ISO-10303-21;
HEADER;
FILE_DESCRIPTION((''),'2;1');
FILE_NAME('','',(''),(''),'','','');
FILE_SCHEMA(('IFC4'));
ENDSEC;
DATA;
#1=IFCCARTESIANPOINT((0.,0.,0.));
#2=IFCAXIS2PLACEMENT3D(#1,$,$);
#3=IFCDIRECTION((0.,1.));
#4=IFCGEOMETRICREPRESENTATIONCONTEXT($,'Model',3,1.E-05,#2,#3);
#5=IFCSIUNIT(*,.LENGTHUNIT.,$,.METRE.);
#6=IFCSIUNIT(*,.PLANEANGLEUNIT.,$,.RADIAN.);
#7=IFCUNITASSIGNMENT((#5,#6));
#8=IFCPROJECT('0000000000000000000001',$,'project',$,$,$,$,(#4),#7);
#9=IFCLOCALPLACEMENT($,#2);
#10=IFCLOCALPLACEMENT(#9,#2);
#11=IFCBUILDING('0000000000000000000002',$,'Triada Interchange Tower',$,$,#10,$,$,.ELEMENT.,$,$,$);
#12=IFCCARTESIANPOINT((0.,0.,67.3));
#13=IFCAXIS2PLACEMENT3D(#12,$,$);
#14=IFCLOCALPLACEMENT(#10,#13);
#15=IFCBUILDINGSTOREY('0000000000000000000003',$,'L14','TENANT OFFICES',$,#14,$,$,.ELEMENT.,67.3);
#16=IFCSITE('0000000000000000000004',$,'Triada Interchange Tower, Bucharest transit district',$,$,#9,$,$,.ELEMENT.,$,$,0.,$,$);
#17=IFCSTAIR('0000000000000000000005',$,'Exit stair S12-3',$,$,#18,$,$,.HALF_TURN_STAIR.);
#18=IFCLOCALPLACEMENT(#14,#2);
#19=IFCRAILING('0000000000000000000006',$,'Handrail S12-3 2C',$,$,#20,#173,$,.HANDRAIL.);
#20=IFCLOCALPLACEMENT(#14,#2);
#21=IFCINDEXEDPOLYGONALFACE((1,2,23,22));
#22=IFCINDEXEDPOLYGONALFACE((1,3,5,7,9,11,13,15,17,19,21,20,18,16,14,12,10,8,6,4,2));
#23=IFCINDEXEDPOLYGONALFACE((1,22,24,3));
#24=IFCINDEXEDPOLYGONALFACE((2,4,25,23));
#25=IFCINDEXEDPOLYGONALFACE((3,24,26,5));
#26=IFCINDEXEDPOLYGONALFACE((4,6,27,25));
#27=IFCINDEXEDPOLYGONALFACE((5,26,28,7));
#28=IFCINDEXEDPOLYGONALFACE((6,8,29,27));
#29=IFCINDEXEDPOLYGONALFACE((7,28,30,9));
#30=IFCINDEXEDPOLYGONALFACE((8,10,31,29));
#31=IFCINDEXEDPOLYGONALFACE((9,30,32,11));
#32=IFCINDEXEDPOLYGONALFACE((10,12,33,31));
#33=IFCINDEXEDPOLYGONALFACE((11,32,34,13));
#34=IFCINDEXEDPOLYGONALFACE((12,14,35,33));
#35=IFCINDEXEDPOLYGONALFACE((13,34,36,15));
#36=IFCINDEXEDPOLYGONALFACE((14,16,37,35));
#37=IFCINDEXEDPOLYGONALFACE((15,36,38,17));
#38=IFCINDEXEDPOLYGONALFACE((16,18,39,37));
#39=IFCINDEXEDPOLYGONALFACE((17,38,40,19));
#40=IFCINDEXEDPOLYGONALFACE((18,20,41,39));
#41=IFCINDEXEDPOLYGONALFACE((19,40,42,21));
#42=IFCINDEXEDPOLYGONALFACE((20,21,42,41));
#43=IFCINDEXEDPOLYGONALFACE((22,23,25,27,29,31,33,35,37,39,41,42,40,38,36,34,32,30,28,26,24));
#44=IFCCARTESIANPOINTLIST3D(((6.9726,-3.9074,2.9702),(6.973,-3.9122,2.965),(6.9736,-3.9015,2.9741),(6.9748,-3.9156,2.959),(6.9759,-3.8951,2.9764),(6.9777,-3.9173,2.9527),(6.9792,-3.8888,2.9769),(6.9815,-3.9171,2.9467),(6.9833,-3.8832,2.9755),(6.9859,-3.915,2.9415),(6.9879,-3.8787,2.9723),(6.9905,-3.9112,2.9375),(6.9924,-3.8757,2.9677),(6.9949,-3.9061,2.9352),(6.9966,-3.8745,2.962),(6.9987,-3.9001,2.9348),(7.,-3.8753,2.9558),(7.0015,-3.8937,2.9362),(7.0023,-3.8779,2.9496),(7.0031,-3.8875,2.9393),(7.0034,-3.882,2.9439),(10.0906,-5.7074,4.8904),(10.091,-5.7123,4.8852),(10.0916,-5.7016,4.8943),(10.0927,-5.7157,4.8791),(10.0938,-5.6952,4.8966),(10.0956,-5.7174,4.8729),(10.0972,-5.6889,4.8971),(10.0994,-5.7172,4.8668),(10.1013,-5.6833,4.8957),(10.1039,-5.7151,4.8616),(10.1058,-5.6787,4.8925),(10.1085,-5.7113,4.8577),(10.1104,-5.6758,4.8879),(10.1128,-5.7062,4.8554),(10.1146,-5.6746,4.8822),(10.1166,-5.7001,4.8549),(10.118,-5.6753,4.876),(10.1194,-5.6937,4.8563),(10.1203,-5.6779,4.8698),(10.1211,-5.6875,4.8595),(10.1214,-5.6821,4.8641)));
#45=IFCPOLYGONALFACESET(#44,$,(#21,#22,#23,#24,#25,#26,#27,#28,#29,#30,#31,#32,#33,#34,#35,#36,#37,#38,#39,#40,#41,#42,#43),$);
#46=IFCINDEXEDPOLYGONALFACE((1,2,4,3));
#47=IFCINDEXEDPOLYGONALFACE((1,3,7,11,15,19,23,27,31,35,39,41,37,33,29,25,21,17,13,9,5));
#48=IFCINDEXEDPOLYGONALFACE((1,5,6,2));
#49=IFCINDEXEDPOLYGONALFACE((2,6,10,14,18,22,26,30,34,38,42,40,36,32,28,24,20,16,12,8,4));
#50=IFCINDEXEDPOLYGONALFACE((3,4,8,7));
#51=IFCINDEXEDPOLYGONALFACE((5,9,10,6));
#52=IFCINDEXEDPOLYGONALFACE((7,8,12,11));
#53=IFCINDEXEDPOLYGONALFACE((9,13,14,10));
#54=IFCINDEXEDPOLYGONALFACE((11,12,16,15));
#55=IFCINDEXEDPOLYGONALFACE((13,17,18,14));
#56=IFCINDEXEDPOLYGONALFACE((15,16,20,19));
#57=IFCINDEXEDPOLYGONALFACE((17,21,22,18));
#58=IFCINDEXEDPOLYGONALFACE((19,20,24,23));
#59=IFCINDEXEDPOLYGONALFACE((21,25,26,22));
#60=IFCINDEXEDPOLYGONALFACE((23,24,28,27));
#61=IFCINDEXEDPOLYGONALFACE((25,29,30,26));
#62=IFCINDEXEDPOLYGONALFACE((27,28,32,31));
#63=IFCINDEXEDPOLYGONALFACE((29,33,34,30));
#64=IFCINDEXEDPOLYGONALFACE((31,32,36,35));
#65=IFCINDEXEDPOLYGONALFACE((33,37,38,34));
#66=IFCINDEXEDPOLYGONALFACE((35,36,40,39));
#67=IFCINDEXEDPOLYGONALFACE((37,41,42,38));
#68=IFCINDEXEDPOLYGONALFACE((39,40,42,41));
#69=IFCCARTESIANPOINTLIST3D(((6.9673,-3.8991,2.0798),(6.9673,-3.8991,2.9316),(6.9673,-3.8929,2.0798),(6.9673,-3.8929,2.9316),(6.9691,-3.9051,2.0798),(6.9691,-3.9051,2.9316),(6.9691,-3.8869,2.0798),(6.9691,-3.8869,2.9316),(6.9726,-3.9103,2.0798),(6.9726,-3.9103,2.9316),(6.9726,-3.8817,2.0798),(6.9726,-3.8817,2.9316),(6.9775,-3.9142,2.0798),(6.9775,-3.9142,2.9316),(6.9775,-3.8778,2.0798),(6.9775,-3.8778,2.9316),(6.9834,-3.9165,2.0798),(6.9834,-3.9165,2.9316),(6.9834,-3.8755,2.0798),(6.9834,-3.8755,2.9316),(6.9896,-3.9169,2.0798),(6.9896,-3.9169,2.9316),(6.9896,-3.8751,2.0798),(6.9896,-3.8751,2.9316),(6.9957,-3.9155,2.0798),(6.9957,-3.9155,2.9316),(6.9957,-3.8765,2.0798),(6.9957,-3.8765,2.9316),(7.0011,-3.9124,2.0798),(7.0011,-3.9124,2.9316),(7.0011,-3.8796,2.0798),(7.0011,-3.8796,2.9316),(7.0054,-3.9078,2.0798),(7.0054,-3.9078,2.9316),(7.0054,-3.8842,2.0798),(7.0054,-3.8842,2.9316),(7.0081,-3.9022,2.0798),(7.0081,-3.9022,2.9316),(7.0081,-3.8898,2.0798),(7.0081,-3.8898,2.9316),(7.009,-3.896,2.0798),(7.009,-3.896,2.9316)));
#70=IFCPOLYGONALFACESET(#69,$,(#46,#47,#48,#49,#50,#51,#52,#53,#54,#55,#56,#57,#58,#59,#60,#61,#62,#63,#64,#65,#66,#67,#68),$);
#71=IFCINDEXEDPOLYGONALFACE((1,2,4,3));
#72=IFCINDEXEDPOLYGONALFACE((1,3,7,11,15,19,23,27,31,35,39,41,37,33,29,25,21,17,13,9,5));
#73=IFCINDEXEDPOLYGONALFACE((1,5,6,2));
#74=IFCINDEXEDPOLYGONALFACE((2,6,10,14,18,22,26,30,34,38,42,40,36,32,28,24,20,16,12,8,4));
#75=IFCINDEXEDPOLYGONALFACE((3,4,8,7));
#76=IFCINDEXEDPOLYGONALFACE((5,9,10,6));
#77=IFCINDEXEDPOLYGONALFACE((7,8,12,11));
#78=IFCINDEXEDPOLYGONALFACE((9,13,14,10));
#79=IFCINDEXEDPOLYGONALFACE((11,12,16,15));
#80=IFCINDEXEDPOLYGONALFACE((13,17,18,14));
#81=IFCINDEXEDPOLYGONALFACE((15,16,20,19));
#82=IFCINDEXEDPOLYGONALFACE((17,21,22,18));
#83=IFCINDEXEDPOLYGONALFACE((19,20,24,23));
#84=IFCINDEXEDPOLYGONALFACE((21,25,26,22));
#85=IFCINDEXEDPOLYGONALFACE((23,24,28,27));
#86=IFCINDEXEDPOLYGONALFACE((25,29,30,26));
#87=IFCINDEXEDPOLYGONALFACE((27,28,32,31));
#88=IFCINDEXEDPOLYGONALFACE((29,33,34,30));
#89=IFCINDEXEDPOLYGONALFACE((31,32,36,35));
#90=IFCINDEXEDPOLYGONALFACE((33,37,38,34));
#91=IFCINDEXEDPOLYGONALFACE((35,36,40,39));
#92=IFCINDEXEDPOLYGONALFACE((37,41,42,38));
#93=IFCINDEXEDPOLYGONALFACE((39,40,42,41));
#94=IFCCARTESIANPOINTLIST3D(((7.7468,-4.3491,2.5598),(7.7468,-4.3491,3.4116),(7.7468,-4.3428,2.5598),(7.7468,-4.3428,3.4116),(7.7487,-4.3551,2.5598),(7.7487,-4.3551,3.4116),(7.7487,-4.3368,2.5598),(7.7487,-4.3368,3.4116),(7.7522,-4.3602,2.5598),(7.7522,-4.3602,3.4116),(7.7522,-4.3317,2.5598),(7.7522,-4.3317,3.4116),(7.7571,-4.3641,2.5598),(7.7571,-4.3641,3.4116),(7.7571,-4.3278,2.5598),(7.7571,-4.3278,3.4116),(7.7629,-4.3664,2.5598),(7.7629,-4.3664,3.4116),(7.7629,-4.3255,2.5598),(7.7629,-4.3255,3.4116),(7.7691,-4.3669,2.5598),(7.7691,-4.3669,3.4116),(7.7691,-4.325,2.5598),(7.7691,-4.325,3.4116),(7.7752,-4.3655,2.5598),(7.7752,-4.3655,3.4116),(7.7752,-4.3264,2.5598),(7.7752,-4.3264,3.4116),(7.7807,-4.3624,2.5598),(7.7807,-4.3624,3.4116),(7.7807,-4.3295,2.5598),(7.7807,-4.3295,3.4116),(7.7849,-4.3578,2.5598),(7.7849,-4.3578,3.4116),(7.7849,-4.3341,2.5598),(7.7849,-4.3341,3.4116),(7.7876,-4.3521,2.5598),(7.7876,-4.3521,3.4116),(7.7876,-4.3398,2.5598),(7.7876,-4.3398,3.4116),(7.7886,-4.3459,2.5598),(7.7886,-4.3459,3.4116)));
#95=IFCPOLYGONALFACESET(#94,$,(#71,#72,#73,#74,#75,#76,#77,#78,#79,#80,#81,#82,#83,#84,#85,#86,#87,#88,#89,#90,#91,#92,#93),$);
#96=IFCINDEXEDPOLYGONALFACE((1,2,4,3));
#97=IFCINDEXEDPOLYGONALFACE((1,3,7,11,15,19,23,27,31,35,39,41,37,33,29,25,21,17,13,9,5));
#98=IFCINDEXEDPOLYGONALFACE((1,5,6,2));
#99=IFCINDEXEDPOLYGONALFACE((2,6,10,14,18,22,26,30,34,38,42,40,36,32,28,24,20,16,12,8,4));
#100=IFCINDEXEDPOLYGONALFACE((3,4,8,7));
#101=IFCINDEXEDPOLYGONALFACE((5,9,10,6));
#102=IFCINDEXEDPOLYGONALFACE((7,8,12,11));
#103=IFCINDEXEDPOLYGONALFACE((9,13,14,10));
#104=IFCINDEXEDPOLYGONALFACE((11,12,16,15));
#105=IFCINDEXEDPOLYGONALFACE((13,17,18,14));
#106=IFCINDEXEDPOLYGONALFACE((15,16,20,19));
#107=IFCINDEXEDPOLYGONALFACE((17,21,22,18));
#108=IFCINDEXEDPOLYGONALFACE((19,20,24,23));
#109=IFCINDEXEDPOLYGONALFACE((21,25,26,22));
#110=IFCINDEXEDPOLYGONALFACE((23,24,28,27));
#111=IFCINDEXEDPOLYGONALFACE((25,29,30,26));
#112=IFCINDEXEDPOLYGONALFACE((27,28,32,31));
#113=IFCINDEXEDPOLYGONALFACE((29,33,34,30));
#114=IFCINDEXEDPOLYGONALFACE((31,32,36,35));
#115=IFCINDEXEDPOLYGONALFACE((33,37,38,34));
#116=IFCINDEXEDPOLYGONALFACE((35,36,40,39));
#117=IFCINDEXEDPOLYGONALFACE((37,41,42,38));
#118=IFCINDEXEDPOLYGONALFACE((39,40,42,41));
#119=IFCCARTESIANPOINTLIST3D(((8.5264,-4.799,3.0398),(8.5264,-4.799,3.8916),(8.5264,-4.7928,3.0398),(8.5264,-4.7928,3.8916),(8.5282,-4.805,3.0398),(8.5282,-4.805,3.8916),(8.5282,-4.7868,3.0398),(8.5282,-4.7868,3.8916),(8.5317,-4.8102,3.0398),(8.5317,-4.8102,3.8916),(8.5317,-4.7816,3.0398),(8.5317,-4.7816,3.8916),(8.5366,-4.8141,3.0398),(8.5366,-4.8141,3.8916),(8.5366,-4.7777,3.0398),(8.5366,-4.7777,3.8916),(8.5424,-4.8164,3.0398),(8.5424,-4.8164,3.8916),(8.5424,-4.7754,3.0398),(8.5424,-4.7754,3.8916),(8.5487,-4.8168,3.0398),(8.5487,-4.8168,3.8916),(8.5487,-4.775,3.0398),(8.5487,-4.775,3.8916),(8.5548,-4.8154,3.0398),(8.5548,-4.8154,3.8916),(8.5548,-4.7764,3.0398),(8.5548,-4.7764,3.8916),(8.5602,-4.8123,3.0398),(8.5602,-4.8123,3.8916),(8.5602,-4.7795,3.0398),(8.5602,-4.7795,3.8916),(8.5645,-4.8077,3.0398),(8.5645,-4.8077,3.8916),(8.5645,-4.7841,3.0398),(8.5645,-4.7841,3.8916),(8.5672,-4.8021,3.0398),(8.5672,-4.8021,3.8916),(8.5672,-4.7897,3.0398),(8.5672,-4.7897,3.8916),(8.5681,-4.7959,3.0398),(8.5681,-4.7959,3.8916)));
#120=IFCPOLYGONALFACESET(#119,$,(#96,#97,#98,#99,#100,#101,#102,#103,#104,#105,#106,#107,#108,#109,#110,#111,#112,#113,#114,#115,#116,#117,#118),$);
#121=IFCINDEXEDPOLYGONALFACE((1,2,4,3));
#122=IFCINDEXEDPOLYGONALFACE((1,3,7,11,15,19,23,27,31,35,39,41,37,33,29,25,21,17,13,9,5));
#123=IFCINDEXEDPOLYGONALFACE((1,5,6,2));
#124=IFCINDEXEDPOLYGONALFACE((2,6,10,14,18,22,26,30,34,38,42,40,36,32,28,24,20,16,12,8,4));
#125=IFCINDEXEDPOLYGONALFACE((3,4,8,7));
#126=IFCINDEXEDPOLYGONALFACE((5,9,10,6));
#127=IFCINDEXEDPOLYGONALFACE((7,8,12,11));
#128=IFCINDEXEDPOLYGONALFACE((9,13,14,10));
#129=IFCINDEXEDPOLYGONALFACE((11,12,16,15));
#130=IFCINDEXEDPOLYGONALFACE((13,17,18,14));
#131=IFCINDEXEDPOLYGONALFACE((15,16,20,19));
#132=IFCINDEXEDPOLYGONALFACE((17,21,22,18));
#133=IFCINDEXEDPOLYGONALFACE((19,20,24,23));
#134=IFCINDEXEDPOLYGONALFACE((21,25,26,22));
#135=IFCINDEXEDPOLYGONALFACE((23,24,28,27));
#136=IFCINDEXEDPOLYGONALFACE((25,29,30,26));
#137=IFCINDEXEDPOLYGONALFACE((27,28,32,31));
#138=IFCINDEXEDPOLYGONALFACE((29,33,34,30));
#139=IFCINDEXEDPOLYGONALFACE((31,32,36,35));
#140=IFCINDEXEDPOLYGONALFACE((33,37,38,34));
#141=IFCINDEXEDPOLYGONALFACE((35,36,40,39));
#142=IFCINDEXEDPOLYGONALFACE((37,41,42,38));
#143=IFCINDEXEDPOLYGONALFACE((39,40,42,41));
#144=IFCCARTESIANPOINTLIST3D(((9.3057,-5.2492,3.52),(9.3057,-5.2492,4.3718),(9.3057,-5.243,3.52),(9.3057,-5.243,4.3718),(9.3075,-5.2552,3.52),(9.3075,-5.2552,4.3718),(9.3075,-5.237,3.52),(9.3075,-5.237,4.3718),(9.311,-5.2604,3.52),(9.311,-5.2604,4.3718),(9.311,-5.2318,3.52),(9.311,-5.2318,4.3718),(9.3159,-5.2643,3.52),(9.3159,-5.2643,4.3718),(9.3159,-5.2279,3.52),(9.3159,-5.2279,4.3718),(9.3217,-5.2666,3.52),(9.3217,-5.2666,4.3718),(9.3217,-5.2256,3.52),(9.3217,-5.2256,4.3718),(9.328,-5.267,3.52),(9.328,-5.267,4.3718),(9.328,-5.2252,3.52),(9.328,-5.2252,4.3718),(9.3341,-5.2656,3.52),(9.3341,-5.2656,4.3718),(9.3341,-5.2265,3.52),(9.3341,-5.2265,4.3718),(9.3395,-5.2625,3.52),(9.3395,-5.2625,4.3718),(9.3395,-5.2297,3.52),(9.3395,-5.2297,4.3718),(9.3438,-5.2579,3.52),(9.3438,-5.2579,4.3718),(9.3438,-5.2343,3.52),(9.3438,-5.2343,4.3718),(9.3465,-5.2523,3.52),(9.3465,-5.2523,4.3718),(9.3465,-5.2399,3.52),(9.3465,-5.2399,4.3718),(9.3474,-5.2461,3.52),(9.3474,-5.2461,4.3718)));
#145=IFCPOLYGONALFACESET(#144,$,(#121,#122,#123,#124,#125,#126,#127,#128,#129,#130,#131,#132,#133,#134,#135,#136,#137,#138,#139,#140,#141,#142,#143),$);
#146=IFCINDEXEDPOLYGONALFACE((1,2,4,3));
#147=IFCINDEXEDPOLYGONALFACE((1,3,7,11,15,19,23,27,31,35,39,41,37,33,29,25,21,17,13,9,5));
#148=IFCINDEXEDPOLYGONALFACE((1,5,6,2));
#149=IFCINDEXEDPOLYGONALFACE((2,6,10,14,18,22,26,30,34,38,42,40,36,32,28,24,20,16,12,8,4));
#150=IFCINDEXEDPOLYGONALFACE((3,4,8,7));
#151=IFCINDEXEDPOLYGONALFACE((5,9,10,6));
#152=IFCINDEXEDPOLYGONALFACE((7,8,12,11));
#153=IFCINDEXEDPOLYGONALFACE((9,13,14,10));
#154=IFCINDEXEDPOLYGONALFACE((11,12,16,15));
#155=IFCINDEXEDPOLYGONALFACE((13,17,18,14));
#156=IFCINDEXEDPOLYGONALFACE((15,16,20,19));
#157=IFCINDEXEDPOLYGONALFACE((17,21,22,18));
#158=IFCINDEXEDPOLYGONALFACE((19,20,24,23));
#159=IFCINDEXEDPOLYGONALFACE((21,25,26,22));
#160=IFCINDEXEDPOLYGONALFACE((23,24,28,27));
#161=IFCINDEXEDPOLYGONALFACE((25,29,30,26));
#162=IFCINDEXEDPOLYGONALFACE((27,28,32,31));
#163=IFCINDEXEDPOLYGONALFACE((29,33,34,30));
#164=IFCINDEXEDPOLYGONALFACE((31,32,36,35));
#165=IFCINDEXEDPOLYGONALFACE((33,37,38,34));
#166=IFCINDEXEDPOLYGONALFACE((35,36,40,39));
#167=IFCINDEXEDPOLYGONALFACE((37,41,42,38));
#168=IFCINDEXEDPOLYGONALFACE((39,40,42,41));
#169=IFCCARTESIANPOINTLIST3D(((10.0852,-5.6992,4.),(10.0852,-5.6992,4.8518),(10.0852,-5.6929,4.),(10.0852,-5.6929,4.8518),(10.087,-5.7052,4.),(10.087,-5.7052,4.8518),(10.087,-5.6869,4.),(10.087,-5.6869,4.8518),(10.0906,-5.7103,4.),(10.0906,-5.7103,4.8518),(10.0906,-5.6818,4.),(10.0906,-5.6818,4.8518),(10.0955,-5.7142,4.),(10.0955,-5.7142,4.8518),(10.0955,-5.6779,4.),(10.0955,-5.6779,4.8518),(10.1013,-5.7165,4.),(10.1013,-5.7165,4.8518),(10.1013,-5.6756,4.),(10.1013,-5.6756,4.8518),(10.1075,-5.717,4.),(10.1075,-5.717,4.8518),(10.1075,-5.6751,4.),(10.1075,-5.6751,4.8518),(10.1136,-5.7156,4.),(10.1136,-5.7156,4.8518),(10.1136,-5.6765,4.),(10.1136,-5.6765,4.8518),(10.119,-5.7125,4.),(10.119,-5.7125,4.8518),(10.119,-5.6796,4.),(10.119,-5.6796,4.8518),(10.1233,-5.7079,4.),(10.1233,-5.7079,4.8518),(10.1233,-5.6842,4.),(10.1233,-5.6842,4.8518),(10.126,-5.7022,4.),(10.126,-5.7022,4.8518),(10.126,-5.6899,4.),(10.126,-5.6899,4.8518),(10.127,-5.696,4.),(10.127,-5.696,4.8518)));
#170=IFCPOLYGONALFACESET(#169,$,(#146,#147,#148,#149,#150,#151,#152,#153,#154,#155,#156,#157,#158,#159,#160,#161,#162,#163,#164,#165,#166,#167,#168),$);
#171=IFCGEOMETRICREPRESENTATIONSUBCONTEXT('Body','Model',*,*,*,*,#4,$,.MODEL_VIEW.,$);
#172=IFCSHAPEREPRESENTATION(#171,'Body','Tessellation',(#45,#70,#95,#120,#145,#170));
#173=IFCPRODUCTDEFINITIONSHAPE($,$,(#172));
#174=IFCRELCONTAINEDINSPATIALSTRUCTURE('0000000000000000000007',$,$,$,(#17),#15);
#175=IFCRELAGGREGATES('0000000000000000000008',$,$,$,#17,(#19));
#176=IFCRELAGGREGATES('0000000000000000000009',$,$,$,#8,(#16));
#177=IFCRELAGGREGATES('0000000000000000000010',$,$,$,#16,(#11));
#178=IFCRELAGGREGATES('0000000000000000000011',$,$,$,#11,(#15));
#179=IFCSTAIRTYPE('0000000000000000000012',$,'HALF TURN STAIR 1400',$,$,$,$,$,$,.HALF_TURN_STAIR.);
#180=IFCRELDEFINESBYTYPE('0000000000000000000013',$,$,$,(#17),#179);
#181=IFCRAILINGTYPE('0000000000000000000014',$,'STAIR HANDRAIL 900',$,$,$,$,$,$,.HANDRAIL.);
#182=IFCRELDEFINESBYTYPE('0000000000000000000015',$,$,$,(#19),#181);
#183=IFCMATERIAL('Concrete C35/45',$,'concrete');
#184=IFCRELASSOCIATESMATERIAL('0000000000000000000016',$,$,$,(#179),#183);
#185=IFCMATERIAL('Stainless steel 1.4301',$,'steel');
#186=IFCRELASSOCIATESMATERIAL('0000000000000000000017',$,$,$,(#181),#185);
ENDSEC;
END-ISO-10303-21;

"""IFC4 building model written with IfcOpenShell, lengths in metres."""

from ifc_helpers import new_model, si_unit, direction, frame, origin, origin_2d, place, context, subcontext, project, spatial, circle, extrude, material, type_object, element, aggregate, save


model = new_model("IFC4")

# Units and contexts
model_context = context("Model", 3, precision=1e-05, world=origin(), true_north=direction((0.0, 1.0)))
body_context = subcontext(model_context, "Body", "Model", "MODEL_VIEW")
ifc_project = project(units=[si_unit("LENGTHUNIT", "METRE"), si_unit("PLANEANGLEUNIT", "RADIAN")], contexts=[model_context])

# Site, building, storey
site_placement = place(None, origin())
site = spatial("IfcSite", under=ifc_project, at=site_placement, Name="Triada Interchange Tower, Bucharest transit district", CompositionType="ELEMENT", RefElevation=0.0)
building_placement = place(site_placement, origin())
building = spatial("IfcBuilding", under=site, at=building_placement, Name="Triada Interchange Tower", CompositionType="ELEMENT")
storey_placement = place(building_placement, frame((0.0, 0.0, 67.3)))
storey = spatial("IfcBuildingStorey", under=building, at=storey_placement, Name="L14", Description="TENANT OFFICES", CompositionType="ELEMENT", Elevation=67.3)

# Stair, railing
ifc_material_1 = material(Name="Concrete C35/45", Category="concrete")
stair_type = type_object("IfcStairType", Name="HALF TURN STAIR 1400", PredefinedType="HALF_TURN_STAIR", material=ifc_material_1)
stair_placement = place(storey_placement, origin())
stair = element("IfcStair", 1, at=stair_placement, inside=storey, type_object=stair_type, Name="Exit stair S12-3", PredefinedType="HALF_TURN_STAIR")
ifc_material_2 = material(Name="Stainless steel 1.4301", Category="steel")
railing_type = type_object("IfcRailingType", Name="STAIR HANDRAIL 900", PredefinedType="HANDRAIL", material=ifc_material_2)
railing_1_placement = place(storey_placement, frame((6.988, -3.896, 2.0798)))
railing_1 = element("IfcRailing", 2, at=railing_1_placement, type_object=railing_type, Name="Handrail S12-3 2C", PredefinedType="HANDRAIL", context=body_context, shape_type="SweptSolid", body=[
    extrude(circle(Radius=0.0239, at=origin_2d()), frame((0.0, 0.0, 0.876), z_axis=(0.764145, -0.441159, 0.470597), x_axis=(0.499983, 0.866035, 0.0)), (0.0, 0.0, 1.0), 4.0803),
    extrude(circle(Radius=0.021, at=origin_2d()), origin(), (0.0, 0.0, 1.0), 0.8518),
    extrude(circle(Radius=0.021, at=origin_2d()), frame((0.7795, -0.45, 0.48)), (0.0, 0.0, 1.0), 0.8518),
    extrude(circle(Radius=0.021, at=origin_2d()), frame((1.5591, -0.8999, 0.96)), (0.0, 0.0, 1.0), 0.8518),
    extrude(circle(Radius=0.021, at=origin_2d()), frame((2.3384, -1.3501, 1.4402)), (0.0, 0.0, 1.0), 0.8518),
    extrude(circle(Radius=0.021, at=origin_2d()), frame((3.1179, -1.8, 1.9202)), (0.0, 0.0, 1.0), 0.8518),
])
aggregate(stair, [railing_1])

save(model, "model.ifc")
